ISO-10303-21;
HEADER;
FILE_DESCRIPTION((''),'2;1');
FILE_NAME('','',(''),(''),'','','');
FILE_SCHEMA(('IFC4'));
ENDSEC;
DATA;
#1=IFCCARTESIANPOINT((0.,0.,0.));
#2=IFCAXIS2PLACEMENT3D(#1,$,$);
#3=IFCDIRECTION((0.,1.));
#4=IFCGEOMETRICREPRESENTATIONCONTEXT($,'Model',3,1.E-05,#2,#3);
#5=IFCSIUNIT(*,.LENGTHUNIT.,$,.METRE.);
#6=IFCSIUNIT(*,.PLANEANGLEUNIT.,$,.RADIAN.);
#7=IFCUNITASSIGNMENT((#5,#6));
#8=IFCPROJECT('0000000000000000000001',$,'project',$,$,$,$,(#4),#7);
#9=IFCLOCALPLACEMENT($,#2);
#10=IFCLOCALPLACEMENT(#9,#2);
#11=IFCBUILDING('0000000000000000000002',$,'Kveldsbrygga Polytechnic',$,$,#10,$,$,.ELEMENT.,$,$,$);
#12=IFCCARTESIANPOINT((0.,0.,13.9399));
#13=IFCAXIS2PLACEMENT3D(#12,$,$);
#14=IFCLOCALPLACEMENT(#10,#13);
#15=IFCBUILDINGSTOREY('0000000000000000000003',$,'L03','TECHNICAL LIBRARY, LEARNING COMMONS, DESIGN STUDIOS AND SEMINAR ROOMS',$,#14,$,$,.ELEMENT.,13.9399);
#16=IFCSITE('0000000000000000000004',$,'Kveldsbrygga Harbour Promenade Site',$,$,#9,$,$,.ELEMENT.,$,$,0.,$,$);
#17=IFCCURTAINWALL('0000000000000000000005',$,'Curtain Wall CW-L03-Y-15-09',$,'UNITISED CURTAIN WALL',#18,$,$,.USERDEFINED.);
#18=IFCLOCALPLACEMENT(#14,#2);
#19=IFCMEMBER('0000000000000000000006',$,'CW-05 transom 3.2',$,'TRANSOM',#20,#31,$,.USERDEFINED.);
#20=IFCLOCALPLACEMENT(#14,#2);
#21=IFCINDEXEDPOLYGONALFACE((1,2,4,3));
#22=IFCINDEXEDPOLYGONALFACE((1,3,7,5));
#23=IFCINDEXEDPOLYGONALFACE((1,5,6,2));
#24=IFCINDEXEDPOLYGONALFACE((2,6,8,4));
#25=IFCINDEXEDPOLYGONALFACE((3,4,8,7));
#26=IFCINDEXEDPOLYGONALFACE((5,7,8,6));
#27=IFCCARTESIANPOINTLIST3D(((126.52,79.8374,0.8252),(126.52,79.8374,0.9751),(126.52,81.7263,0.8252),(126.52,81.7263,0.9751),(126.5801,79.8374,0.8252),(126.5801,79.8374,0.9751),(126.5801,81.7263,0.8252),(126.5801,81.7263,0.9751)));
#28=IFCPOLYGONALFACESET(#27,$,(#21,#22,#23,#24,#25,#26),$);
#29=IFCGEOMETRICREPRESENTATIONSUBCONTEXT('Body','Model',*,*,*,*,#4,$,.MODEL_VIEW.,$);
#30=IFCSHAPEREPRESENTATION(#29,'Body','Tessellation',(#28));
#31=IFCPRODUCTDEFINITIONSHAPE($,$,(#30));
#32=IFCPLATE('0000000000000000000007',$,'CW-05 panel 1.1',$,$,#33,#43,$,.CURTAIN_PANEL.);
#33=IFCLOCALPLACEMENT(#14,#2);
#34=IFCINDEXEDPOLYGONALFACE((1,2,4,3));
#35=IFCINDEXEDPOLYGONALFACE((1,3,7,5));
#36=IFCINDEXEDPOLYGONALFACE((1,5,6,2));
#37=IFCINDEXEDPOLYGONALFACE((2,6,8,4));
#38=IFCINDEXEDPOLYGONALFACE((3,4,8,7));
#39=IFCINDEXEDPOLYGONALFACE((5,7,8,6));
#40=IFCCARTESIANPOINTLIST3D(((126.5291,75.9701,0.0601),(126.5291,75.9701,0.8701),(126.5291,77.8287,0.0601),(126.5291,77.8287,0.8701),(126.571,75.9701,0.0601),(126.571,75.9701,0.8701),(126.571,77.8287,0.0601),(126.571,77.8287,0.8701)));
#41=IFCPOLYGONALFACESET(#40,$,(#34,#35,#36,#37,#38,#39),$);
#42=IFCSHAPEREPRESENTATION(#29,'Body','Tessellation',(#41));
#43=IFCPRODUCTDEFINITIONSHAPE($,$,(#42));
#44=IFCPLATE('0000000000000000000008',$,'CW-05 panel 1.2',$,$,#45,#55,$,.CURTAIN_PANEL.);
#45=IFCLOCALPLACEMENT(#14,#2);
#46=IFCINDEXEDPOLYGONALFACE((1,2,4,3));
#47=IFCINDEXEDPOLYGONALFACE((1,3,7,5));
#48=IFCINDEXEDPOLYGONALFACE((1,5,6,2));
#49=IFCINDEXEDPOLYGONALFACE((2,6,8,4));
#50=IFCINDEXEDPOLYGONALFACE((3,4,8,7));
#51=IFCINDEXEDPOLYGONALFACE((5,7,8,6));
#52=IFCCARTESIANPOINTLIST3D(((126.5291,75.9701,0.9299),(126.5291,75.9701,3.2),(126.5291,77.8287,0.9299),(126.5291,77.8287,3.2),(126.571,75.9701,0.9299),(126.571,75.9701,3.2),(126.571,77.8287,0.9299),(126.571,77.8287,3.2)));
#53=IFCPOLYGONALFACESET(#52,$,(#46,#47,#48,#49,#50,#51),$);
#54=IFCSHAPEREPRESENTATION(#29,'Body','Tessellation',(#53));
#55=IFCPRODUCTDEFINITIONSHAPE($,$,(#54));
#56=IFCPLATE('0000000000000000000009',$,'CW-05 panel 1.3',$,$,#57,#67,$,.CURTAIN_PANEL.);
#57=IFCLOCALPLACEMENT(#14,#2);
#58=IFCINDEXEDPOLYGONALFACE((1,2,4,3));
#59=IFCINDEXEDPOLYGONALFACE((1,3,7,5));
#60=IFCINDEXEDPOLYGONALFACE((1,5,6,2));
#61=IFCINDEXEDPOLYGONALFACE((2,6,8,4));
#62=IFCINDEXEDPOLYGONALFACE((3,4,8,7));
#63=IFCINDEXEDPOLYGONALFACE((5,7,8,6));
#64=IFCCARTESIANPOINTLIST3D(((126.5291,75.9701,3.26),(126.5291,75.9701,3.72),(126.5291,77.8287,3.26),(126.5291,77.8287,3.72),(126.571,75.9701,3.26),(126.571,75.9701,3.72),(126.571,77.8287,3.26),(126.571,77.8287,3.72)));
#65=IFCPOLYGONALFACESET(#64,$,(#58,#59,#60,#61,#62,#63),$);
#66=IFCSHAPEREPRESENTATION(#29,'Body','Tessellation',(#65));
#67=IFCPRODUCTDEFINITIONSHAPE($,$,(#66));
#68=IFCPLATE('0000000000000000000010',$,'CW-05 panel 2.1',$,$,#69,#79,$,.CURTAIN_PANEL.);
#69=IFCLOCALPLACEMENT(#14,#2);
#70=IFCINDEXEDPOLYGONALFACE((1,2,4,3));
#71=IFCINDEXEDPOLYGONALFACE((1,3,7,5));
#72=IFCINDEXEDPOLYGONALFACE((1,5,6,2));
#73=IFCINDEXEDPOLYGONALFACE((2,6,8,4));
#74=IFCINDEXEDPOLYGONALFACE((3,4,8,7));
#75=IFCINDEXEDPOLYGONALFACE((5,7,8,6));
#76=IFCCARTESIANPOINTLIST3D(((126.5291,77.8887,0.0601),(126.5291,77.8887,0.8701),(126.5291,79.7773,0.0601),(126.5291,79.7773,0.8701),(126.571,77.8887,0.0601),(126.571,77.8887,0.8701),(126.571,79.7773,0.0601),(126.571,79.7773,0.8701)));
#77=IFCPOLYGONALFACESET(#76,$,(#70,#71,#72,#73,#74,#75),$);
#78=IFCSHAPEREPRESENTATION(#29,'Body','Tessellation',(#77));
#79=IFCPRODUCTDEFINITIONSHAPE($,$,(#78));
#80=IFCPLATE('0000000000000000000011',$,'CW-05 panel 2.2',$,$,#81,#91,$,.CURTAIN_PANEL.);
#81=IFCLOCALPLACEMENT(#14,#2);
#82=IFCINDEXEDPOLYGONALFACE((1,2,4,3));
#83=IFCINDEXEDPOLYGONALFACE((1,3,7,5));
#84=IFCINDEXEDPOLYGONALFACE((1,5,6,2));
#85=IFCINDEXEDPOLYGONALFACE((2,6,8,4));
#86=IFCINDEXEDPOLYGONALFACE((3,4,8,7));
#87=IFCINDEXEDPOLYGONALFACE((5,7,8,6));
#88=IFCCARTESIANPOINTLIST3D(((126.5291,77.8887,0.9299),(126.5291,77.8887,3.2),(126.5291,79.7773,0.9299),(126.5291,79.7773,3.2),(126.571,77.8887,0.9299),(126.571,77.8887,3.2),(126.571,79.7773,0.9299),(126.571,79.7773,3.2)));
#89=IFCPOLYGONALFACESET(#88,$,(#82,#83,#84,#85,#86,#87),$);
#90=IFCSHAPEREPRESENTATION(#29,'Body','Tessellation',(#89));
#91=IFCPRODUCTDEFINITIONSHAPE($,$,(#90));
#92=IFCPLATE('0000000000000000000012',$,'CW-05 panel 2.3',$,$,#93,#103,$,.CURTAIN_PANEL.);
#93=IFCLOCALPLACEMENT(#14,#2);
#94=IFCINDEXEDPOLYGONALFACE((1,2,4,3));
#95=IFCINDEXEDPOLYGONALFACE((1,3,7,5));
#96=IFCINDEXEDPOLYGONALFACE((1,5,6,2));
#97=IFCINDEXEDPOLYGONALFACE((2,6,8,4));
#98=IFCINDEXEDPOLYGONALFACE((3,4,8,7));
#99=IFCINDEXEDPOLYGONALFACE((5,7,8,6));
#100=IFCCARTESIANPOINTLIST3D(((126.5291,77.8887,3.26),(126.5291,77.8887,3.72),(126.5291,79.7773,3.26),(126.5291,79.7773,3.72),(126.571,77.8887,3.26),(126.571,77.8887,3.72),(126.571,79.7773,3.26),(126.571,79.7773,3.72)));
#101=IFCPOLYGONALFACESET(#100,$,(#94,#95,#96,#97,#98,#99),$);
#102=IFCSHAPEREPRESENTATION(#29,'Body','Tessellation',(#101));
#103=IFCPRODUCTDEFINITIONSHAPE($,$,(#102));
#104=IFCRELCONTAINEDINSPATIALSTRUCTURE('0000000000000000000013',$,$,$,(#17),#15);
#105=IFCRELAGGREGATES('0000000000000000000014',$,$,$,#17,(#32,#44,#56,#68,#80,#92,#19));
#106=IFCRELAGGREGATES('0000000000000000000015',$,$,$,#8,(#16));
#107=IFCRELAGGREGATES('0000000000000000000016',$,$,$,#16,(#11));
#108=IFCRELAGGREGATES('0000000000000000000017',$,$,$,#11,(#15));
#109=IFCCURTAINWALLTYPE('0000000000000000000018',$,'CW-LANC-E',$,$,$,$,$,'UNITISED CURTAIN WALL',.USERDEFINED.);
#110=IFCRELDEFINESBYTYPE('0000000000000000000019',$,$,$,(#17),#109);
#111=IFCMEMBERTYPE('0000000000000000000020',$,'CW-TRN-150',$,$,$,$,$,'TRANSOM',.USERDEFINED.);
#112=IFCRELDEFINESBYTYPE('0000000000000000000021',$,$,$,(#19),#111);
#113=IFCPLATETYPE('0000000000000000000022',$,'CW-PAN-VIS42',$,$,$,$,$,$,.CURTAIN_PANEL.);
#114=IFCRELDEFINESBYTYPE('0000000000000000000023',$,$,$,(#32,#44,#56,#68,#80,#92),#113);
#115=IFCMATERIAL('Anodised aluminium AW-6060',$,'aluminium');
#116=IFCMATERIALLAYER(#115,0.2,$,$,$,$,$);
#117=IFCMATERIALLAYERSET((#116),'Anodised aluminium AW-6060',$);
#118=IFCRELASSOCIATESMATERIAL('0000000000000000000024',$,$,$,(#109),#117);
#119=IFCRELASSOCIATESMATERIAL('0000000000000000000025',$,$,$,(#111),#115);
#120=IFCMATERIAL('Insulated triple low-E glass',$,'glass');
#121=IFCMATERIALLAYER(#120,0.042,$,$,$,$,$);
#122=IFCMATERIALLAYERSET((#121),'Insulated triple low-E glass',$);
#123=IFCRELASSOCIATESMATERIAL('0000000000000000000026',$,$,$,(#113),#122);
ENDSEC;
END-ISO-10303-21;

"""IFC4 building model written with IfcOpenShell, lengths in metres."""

from ifc_helpers import new_model, si_unit, direction, frame, origin, origin_2d, place, context, subcontext, project, spatial, rectangle, extrude, material, layer, layer_set, material_profile, profile_set, type_object, element, aggregate, save


model = new_model("IFC4")

# Units and contexts
model_context = context("Model", 3, precision=1e-05, world=origin(), true_north=direction((0.0, 1.0)))
body_context = subcontext(model_context, "Body", "Model", "MODEL_VIEW")
ifc_project = project(units=[si_unit("LENGTHUNIT", "METRE"), si_unit("PLANEANGLEUNIT", "RADIAN")], contexts=[model_context])

# Site, building, storey
site_placement = place(None, origin())
site = spatial("IfcSite", under=ifc_project, at=site_placement, Name="Kveldsbrygga Harbour Promenade Site", CompositionType="ELEMENT", RefElevation=0.0)
building_placement = place(site_placement, origin())
building = spatial("IfcBuilding", under=site, at=building_placement, Name="Kveldsbrygga Polytechnic", CompositionType="ELEMENT")
storey_placement = place(building_placement, frame((0.0, 0.0, 13.9399)))
storey = spatial("IfcBuildingStorey", under=building, at=storey_placement, Name="L03", Description="TECHNICAL LIBRARY, LEARNING COMMONS, DESIGN STUDIOS AND SEMINAR ROOMS", CompositionType="ELEMENT", Elevation=13.9399)

# Curtain wall, member, plates
ifc_material_1 = material(Name="Anodised aluminium AW-6060", Category="aluminium")
ifc_layer_1 = layer(ifc_material_1, 0.2)
ifc_layer_set_1 = layer_set([ifc_layer_1], Name="Anodised aluminium AW-6060")
curtain_wall_type = type_object("IfcCurtainWallType", Name="CW-LANC-E", ElementType="UNITISED CURTAIN WALL", PredefinedType="USERDEFINED", material=ifc_layer_set_1)
curtain_wall_placement = place(storey_placement, origin())
curtain_wall = element("IfcCurtainWall", 1, at=curtain_wall_placement, inside=storey, type_object=curtain_wall_type, Name="Curtain Wall CW-L03-Y-15-09", ObjectType="UNITISED CURTAIN WALL", PredefinedType="USERDEFINED")
ifc_material_profile_1 = material_profile(ifc_material_1, rectangle(XDim=0.0601, YDim=0.1499, at=origin_2d()), Name="ALU 60x150")
ifc_profile_set_1 = profile_set([ifc_material_profile_1], Name="Anodised aluminium AW-6060")
member_type_1 = type_object("IfcMemberType", Name="CW-TRN-150", ElementType="TRANSOM", PredefinedType="USERDEFINED", material=ifc_profile_set_1)
member_1_placement = place(storey_placement, frame((126.55, 79.8374, 0.9001), z_axis=(0.0, 1.0, 0.0), x_axis=(-1.0, 0.0, 0.0)))
member_1 = element("IfcMember", 2, at=member_1_placement, type_object=member_type_1, Name="CW-05 transom 3.2", ObjectType="TRANSOM", PredefinedType="USERDEFINED", context=body_context, shape_type="SweptSolid", body=[
    extrude(rectangle(XDim=0.0601, YDim=0.1499, at=origin_2d()), origin(), (0.0, 0.0, 1.0), 1.8889),
])
ifc_material_2 = material(Name="Insulated triple low-E glass", Category="glass")
ifc_layer_2 = layer(ifc_material_2, 0.042)
ifc_layer_set_2 = layer_set([ifc_layer_2], Name="Insulated triple low-E glass")
plate_type = type_object("IfcPlateType", Name="CW-PAN-VIS42", PredefinedType="CURTAIN_PANEL", material=ifc_layer_set_2)
plate_1_placement = place(storey_placement, frame((126.55, 76.8994, 0.0601), z_axis=(0.0, 0.0, 1.0), x_axis=(0.0, 1.0, 0.0)))
plate_1 = element("IfcPlate", 3, at=plate_1_placement, type_object=plate_type, Name="CW-05 panel 1.1", PredefinedType="CURTAIN_PANEL", context=body_context, shape_type="SweptSolid", body=[
    extrude(rectangle(XDim=1.8586, YDim=0.042, at=origin_2d()), origin(), (0.0, 0.0, 1.0), 0.8101),
])
plate_2_placement = place(storey_placement, frame((126.55, 76.8994, 0.9299), z_axis=(0.0, 0.0, 1.0), x_axis=(0.0, 1.0, 0.0)))
plate_2 = element("IfcPlate", 4, at=plate_2_placement, type_object=plate_type, Name="CW-05 panel 1.2", PredefinedType="CURTAIN_PANEL", context=body_context, shape_type="SweptSolid", body=[
    extrude(rectangle(XDim=1.8586, YDim=0.042, at=origin_2d()), origin(), (0.0, 0.0, 1.0), 2.27),
])
plate_3_placement = place(storey_placement, frame((126.55, 76.8994, 3.26), z_axis=(0.0, 0.0, 1.0), x_axis=(0.0, 1.0, 0.0)))
plate_3 = element("IfcPlate", 5, at=plate_3_placement, type_object=plate_type, Name="CW-05 panel 1.3", PredefinedType="CURTAIN_PANEL", context=body_context, shape_type="SweptSolid", body=[
    extrude(rectangle(XDim=1.8586, YDim=0.042, at=origin_2d()), origin(), (0.0, 0.0, 1.0), 0.46),
])
plate_4_placement = place(storey_placement, frame((126.55, 78.833, 0.0601), z_axis=(0.0, 0.0, 1.0), x_axis=(0.0, 1.0, 0.0)))
plate_4 = element("IfcPlate", 6, at=plate_4_placement, type_object=plate_type, Name="CW-05 panel 2.1", PredefinedType="CURTAIN_PANEL", context=body_context, shape_type="SweptSolid", body=[
    extrude(rectangle(XDim=1.8887, YDim=0.042, at=origin_2d()), origin(), (0.0, 0.0, 1.0), 0.8101),
])
plate_5_placement = place(storey_placement, frame((126.55, 78.833, 0.9299), z_axis=(0.0, 0.0, 1.0), x_axis=(0.0, 1.0, 0.0)))
plate_5 = element("IfcPlate", 7, at=plate_5_placement, type_object=plate_type, Name="CW-05 panel 2.2", PredefinedType="CURTAIN_PANEL", context=body_context, shape_type="SweptSolid", body=[
    extrude(rectangle(XDim=1.8887, YDim=0.042, at=origin_2d()), origin(), (0.0, 0.0, 1.0), 2.27),
])
plate_6_placement = place(storey_placement, frame((126.55, 78.833, 3.26), z_axis=(0.0, 0.0, 1.0), x_axis=(0.0, 1.0, 0.0)))
plate_6 = element("IfcPlate", 8, at=plate_6_placement, type_object=plate_type, Name="CW-05 panel 2.3", PredefinedType="CURTAIN_PANEL", context=body_context, shape_type="SweptSolid", body=[
    extrude(rectangle(XDim=1.8887, YDim=0.042, at=origin_2d()), origin(), (0.0, 0.0, 1.0), 0.46),
])
aggregate(curtain_wall, [plate_1, plate_2, plate_3, plate_4, plate_5, plate_6, member_1])

save(model, "model.ifc")
